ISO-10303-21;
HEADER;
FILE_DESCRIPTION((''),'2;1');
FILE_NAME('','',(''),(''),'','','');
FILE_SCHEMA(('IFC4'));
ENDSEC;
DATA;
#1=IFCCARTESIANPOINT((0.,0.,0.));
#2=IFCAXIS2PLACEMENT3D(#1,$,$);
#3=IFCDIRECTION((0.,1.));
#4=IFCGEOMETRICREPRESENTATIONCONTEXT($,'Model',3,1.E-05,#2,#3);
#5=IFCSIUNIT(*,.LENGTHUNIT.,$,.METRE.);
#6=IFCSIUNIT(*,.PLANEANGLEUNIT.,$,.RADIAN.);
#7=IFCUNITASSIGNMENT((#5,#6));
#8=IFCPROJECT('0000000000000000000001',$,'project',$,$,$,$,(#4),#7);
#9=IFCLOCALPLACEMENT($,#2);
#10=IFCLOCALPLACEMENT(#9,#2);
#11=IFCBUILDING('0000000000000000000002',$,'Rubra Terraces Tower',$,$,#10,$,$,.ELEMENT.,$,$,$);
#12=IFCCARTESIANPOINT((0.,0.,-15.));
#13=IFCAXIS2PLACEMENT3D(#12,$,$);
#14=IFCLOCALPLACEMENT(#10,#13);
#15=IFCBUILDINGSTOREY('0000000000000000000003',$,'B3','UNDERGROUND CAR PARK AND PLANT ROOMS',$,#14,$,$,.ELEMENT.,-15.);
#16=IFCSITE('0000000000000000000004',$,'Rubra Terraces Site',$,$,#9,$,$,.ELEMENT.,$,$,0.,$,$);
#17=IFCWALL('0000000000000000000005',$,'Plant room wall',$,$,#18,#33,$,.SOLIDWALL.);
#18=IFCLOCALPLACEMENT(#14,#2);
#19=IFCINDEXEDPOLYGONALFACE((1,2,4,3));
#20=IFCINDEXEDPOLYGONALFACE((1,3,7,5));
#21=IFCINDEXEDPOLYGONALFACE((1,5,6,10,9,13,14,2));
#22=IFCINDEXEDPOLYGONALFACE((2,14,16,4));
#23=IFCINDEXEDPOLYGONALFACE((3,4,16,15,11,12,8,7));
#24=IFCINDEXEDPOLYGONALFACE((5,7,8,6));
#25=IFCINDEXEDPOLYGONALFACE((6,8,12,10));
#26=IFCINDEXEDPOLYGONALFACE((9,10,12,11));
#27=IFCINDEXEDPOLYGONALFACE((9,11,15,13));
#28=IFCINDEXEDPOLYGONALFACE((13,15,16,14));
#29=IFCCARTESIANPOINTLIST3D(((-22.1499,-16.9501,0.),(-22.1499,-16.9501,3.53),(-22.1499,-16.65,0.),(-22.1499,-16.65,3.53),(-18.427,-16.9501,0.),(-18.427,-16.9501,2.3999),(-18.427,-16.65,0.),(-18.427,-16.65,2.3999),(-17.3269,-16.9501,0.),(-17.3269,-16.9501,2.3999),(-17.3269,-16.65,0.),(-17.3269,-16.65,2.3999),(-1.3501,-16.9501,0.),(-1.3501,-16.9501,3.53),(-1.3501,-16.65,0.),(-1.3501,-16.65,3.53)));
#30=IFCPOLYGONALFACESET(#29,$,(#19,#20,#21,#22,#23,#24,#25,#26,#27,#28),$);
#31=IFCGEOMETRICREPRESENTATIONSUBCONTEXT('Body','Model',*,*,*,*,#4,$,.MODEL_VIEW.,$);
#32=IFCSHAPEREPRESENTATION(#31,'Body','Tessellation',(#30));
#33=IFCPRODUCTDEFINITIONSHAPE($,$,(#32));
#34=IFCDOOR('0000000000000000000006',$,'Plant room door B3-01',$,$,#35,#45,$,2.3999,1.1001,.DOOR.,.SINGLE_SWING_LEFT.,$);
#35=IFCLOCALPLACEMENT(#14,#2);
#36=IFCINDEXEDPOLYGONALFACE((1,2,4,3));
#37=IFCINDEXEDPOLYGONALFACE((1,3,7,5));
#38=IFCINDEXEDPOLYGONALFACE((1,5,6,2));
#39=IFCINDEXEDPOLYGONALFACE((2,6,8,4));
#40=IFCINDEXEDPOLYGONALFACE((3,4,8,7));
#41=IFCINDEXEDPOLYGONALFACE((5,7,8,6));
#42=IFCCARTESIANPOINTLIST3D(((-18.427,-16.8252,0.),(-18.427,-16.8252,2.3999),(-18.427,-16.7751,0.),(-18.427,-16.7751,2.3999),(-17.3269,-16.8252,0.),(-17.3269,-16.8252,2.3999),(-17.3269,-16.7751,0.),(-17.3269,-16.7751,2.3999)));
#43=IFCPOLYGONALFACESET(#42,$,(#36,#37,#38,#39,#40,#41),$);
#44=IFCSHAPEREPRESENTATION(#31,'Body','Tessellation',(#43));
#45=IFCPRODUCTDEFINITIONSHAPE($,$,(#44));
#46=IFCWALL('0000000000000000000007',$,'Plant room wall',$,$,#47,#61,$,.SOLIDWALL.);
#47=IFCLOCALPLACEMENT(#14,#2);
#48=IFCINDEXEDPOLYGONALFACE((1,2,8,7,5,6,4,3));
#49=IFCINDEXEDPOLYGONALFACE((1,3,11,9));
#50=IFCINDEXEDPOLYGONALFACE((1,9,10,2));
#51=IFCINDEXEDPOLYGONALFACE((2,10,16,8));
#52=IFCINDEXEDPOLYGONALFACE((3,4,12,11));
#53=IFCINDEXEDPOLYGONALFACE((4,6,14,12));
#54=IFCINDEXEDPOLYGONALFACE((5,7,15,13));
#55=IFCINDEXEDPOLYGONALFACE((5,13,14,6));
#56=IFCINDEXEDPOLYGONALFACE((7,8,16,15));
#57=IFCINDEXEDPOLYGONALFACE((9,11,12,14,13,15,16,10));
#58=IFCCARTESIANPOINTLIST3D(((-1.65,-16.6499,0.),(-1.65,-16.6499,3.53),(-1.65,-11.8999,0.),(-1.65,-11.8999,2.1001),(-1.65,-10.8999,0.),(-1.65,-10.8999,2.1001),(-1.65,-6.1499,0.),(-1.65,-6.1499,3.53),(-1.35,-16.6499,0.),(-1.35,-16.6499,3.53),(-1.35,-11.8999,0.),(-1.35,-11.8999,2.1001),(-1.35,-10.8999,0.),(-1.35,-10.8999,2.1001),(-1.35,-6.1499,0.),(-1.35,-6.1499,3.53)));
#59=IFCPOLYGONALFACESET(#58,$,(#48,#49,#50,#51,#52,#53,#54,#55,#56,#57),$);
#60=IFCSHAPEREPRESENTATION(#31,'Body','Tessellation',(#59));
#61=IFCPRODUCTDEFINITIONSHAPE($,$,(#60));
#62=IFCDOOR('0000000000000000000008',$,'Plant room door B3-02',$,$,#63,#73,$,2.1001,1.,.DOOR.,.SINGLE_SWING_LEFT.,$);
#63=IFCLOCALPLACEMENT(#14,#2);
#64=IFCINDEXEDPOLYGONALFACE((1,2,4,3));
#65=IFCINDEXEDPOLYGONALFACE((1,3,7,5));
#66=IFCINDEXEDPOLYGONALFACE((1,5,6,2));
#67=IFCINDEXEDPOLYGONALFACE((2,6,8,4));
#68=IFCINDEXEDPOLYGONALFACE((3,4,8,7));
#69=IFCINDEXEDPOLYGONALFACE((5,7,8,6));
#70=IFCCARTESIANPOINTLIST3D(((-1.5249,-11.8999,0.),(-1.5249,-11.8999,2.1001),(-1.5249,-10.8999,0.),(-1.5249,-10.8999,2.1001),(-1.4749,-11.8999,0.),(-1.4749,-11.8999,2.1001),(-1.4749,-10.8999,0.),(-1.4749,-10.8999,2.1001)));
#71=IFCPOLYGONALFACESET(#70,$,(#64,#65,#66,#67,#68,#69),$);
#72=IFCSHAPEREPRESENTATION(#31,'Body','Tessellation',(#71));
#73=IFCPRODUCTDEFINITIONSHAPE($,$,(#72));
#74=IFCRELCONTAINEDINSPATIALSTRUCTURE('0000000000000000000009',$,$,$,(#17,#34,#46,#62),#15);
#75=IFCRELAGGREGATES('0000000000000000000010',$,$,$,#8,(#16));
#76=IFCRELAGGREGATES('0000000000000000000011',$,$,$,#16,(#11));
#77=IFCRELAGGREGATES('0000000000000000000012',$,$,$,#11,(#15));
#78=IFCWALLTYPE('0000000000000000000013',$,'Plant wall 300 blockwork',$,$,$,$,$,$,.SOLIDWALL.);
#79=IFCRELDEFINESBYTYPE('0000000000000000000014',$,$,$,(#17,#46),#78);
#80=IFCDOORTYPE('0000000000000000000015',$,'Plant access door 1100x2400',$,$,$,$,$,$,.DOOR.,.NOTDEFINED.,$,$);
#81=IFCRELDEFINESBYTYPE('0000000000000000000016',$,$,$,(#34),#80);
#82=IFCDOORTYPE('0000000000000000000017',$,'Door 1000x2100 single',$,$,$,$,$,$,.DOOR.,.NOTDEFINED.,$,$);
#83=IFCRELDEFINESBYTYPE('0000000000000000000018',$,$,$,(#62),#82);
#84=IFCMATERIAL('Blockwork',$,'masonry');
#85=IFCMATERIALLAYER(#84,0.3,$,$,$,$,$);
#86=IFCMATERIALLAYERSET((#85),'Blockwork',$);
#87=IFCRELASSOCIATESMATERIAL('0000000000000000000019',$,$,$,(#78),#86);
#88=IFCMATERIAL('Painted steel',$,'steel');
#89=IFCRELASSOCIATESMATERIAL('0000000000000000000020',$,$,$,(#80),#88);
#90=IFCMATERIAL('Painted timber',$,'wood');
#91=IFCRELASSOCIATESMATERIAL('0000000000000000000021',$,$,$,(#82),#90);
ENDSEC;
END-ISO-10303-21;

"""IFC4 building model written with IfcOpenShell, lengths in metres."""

from ifc_helpers import new_model, si_unit, direction, frame, frame_2d, origin, place, context, subcontext, project, spatial, rectangle, extrude, material, layer, layer_set, type_object, element, fill, save


model = new_model("IFC4")

# Units and contexts
model_context = context("Model", 3, precision=1e-05, world=origin(), true_north=direction((0.0, 1.0)))
body_context = subcontext(model_context, "Body", "Model", "MODEL_VIEW")
ifc_project = project(units=[si_unit("LENGTHUNIT", "METRE"), si_unit("PLANEANGLEUNIT", "RADIAN")], contexts=[model_context])

# Site, building, storey
site_placement = place(None, origin())
site = spatial("IfcSite", under=ifc_project, at=site_placement, Name="Rubra Terraces Site", CompositionType="ELEMENT", RefElevation=0.0)
building_placement = place(site_placement, origin())
building = spatial("IfcBuilding", under=site, at=building_placement, Name="Rubra Terraces Tower", CompositionType="ELEMENT")
storey_placement = place(building_placement, frame((0.0, 0.0, -15.0)))
storey = spatial("IfcBuildingStorey", under=building, at=storey_placement, Name="B3", Description="UNDERGROUND CAR PARK AND PLANT ROOMS", CompositionType="ELEMENT", Elevation=-15.0)

# Shared definitions
ifc_material_1 = material(Name="Blockwork", Category="masonry")
ifc_layer_1 = layer(ifc_material_1, 0.3)
ifc_layer_set_1 = layer_set([ifc_layer_1], Name="Blockwork")
wall_type_1 = type_object("IfcWallType", Name="Plant wall 300 blockwork", PredefinedType="SOLIDWALL", material=ifc_layer_set_1)

# Walls, openings, doors
wall_1_placement = place(storey_placement, frame((-22.1499, -16.8, 0.0), z_axis=(0.0, 0.0, 1.0), x_axis=(1.0, 0.0, 0.0)))
wall_1 = element("IfcWall", 1, at=wall_1_placement, inside=storey, type_object=wall_type_1, Name="Plant room wall", PredefinedType="SOLIDWALL", context=body_context, shape_type="SweptSolid", body=[
    extrude(rectangle(XDim=20.7998, YDim=0.3, at=frame_2d((10.3999, 0.0))), origin(), (0.0, 0.0, 1.0), 3.53),
])
opening_1_placement = place(wall_1_placement, frame((3.7229, 0.0, 0.0)))
opening_1 = element("IfcOpeningElement", 2, at=opening_1_placement, cuts=wall_1, PredefinedType="OPENING", context=body_context, shape_type="SweptSolid", body=[
    extrude(rectangle(XDim=1.1001, YDim=2.3999, at=frame_2d((0.55, 1.2))), frame((0.0, 0.1599, 0.0), z_axis=(0.0, -1.0, 0.0), x_axis=(1.0, 0.0, 0.0)), (0.0, 0.0, 1.0), 0.3201),
])
ifc_material_2 = material(Name="Painted steel", Category="steel")
door_type_1 = type_object("IfcDoorType", Name="Plant access door 1100x2400", OperationType="NOTDEFINED", PredefinedType="DOOR", material=ifc_material_2)
door_1_placement = place(opening_1_placement, origin())
door_1 = element("IfcDoor", 3, at=door_1_placement, inside=storey, type_object=door_type_1, Name="Plant room door B3-01", OperationType="SINGLE_SWING_LEFT", OverallHeight=2.3999, OverallWidth=1.1001, PredefinedType="DOOR", context=body_context, shape_type="SweptSolid", body=[
    extrude(rectangle(XDim=1.1001, YDim=2.3999, at=frame_2d((0.55, 1.2))), frame((0.0, 0.0249, 0.0), z_axis=(0.0, -1.0, 0.0), x_axis=(1.0, 0.0, 0.0)), (0.0, 0.0, 1.0), 0.05),
])
fill(opening_1, door_1)
wall_2_placement = place(storey_placement, frame((-1.5, -16.6499, 0.0), z_axis=(0.0, 0.0, 1.0), x_axis=(0.0, 1.0, 0.0)))
wall_2 = element("IfcWall", 4, at=wall_2_placement, inside=storey, type_object=wall_type_1, Name="Plant room wall", PredefinedType="SOLIDWALL", context=body_context, shape_type="SweptSolid", body=[
    extrude(rectangle(XDim=10.5, YDim=0.3, at=frame_2d((5.25, 0.0))), origin(), (0.0, 0.0, 1.0), 3.53),
])
opening_2_placement = place(wall_2_placement, frame((4.75, 0.0, 0.0)))
opening_2 = element("IfcOpeningElement", 5, at=opening_2_placement, cuts=wall_2, PredefinedType="OPENING", context=body_context, shape_type="SweptSolid", body=[
    extrude(rectangle(XDim=1.0, YDim=2.1001, at=frame_2d((0.5, 1.05))), frame((0.0, 0.1599, 0.0), z_axis=(0.0, -1.0, 0.0), x_axis=(1.0, 0.0, 0.0)), (0.0, 0.0, 1.0), 0.3201),
])
ifc_material_3 = material(Name="Painted timber", Category="wood")
door_type_2 = type_object("IfcDoorType", Name="Door 1000x2100 single", OperationType="NOTDEFINED", PredefinedType="DOOR", material=ifc_material_3)
door_2_placement = place(opening_2_placement, origin())
door_2 = element("IfcDoor", 6, at=door_2_placement, inside=storey, type_object=door_type_2, Name="Plant room door B3-02", OperationType="SINGLE_SWING_LEFT", OverallHeight=2.1001, OverallWidth=1.0, PredefinedType="DOOR", context=body_context, shape_type="SweptSolid", body=[
    extrude(rectangle(XDim=1.0, YDim=2.1001, at=frame_2d((0.5, 1.05))), frame((0.0, 0.0249, 0.0), z_axis=(0.0, -1.0, 0.0), x_axis=(1.0, 0.0, 0.0)), (0.0, 0.0, 1.0), 0.05),
])
fill(opening_2, door_2)

save(model, "model.ifc")
